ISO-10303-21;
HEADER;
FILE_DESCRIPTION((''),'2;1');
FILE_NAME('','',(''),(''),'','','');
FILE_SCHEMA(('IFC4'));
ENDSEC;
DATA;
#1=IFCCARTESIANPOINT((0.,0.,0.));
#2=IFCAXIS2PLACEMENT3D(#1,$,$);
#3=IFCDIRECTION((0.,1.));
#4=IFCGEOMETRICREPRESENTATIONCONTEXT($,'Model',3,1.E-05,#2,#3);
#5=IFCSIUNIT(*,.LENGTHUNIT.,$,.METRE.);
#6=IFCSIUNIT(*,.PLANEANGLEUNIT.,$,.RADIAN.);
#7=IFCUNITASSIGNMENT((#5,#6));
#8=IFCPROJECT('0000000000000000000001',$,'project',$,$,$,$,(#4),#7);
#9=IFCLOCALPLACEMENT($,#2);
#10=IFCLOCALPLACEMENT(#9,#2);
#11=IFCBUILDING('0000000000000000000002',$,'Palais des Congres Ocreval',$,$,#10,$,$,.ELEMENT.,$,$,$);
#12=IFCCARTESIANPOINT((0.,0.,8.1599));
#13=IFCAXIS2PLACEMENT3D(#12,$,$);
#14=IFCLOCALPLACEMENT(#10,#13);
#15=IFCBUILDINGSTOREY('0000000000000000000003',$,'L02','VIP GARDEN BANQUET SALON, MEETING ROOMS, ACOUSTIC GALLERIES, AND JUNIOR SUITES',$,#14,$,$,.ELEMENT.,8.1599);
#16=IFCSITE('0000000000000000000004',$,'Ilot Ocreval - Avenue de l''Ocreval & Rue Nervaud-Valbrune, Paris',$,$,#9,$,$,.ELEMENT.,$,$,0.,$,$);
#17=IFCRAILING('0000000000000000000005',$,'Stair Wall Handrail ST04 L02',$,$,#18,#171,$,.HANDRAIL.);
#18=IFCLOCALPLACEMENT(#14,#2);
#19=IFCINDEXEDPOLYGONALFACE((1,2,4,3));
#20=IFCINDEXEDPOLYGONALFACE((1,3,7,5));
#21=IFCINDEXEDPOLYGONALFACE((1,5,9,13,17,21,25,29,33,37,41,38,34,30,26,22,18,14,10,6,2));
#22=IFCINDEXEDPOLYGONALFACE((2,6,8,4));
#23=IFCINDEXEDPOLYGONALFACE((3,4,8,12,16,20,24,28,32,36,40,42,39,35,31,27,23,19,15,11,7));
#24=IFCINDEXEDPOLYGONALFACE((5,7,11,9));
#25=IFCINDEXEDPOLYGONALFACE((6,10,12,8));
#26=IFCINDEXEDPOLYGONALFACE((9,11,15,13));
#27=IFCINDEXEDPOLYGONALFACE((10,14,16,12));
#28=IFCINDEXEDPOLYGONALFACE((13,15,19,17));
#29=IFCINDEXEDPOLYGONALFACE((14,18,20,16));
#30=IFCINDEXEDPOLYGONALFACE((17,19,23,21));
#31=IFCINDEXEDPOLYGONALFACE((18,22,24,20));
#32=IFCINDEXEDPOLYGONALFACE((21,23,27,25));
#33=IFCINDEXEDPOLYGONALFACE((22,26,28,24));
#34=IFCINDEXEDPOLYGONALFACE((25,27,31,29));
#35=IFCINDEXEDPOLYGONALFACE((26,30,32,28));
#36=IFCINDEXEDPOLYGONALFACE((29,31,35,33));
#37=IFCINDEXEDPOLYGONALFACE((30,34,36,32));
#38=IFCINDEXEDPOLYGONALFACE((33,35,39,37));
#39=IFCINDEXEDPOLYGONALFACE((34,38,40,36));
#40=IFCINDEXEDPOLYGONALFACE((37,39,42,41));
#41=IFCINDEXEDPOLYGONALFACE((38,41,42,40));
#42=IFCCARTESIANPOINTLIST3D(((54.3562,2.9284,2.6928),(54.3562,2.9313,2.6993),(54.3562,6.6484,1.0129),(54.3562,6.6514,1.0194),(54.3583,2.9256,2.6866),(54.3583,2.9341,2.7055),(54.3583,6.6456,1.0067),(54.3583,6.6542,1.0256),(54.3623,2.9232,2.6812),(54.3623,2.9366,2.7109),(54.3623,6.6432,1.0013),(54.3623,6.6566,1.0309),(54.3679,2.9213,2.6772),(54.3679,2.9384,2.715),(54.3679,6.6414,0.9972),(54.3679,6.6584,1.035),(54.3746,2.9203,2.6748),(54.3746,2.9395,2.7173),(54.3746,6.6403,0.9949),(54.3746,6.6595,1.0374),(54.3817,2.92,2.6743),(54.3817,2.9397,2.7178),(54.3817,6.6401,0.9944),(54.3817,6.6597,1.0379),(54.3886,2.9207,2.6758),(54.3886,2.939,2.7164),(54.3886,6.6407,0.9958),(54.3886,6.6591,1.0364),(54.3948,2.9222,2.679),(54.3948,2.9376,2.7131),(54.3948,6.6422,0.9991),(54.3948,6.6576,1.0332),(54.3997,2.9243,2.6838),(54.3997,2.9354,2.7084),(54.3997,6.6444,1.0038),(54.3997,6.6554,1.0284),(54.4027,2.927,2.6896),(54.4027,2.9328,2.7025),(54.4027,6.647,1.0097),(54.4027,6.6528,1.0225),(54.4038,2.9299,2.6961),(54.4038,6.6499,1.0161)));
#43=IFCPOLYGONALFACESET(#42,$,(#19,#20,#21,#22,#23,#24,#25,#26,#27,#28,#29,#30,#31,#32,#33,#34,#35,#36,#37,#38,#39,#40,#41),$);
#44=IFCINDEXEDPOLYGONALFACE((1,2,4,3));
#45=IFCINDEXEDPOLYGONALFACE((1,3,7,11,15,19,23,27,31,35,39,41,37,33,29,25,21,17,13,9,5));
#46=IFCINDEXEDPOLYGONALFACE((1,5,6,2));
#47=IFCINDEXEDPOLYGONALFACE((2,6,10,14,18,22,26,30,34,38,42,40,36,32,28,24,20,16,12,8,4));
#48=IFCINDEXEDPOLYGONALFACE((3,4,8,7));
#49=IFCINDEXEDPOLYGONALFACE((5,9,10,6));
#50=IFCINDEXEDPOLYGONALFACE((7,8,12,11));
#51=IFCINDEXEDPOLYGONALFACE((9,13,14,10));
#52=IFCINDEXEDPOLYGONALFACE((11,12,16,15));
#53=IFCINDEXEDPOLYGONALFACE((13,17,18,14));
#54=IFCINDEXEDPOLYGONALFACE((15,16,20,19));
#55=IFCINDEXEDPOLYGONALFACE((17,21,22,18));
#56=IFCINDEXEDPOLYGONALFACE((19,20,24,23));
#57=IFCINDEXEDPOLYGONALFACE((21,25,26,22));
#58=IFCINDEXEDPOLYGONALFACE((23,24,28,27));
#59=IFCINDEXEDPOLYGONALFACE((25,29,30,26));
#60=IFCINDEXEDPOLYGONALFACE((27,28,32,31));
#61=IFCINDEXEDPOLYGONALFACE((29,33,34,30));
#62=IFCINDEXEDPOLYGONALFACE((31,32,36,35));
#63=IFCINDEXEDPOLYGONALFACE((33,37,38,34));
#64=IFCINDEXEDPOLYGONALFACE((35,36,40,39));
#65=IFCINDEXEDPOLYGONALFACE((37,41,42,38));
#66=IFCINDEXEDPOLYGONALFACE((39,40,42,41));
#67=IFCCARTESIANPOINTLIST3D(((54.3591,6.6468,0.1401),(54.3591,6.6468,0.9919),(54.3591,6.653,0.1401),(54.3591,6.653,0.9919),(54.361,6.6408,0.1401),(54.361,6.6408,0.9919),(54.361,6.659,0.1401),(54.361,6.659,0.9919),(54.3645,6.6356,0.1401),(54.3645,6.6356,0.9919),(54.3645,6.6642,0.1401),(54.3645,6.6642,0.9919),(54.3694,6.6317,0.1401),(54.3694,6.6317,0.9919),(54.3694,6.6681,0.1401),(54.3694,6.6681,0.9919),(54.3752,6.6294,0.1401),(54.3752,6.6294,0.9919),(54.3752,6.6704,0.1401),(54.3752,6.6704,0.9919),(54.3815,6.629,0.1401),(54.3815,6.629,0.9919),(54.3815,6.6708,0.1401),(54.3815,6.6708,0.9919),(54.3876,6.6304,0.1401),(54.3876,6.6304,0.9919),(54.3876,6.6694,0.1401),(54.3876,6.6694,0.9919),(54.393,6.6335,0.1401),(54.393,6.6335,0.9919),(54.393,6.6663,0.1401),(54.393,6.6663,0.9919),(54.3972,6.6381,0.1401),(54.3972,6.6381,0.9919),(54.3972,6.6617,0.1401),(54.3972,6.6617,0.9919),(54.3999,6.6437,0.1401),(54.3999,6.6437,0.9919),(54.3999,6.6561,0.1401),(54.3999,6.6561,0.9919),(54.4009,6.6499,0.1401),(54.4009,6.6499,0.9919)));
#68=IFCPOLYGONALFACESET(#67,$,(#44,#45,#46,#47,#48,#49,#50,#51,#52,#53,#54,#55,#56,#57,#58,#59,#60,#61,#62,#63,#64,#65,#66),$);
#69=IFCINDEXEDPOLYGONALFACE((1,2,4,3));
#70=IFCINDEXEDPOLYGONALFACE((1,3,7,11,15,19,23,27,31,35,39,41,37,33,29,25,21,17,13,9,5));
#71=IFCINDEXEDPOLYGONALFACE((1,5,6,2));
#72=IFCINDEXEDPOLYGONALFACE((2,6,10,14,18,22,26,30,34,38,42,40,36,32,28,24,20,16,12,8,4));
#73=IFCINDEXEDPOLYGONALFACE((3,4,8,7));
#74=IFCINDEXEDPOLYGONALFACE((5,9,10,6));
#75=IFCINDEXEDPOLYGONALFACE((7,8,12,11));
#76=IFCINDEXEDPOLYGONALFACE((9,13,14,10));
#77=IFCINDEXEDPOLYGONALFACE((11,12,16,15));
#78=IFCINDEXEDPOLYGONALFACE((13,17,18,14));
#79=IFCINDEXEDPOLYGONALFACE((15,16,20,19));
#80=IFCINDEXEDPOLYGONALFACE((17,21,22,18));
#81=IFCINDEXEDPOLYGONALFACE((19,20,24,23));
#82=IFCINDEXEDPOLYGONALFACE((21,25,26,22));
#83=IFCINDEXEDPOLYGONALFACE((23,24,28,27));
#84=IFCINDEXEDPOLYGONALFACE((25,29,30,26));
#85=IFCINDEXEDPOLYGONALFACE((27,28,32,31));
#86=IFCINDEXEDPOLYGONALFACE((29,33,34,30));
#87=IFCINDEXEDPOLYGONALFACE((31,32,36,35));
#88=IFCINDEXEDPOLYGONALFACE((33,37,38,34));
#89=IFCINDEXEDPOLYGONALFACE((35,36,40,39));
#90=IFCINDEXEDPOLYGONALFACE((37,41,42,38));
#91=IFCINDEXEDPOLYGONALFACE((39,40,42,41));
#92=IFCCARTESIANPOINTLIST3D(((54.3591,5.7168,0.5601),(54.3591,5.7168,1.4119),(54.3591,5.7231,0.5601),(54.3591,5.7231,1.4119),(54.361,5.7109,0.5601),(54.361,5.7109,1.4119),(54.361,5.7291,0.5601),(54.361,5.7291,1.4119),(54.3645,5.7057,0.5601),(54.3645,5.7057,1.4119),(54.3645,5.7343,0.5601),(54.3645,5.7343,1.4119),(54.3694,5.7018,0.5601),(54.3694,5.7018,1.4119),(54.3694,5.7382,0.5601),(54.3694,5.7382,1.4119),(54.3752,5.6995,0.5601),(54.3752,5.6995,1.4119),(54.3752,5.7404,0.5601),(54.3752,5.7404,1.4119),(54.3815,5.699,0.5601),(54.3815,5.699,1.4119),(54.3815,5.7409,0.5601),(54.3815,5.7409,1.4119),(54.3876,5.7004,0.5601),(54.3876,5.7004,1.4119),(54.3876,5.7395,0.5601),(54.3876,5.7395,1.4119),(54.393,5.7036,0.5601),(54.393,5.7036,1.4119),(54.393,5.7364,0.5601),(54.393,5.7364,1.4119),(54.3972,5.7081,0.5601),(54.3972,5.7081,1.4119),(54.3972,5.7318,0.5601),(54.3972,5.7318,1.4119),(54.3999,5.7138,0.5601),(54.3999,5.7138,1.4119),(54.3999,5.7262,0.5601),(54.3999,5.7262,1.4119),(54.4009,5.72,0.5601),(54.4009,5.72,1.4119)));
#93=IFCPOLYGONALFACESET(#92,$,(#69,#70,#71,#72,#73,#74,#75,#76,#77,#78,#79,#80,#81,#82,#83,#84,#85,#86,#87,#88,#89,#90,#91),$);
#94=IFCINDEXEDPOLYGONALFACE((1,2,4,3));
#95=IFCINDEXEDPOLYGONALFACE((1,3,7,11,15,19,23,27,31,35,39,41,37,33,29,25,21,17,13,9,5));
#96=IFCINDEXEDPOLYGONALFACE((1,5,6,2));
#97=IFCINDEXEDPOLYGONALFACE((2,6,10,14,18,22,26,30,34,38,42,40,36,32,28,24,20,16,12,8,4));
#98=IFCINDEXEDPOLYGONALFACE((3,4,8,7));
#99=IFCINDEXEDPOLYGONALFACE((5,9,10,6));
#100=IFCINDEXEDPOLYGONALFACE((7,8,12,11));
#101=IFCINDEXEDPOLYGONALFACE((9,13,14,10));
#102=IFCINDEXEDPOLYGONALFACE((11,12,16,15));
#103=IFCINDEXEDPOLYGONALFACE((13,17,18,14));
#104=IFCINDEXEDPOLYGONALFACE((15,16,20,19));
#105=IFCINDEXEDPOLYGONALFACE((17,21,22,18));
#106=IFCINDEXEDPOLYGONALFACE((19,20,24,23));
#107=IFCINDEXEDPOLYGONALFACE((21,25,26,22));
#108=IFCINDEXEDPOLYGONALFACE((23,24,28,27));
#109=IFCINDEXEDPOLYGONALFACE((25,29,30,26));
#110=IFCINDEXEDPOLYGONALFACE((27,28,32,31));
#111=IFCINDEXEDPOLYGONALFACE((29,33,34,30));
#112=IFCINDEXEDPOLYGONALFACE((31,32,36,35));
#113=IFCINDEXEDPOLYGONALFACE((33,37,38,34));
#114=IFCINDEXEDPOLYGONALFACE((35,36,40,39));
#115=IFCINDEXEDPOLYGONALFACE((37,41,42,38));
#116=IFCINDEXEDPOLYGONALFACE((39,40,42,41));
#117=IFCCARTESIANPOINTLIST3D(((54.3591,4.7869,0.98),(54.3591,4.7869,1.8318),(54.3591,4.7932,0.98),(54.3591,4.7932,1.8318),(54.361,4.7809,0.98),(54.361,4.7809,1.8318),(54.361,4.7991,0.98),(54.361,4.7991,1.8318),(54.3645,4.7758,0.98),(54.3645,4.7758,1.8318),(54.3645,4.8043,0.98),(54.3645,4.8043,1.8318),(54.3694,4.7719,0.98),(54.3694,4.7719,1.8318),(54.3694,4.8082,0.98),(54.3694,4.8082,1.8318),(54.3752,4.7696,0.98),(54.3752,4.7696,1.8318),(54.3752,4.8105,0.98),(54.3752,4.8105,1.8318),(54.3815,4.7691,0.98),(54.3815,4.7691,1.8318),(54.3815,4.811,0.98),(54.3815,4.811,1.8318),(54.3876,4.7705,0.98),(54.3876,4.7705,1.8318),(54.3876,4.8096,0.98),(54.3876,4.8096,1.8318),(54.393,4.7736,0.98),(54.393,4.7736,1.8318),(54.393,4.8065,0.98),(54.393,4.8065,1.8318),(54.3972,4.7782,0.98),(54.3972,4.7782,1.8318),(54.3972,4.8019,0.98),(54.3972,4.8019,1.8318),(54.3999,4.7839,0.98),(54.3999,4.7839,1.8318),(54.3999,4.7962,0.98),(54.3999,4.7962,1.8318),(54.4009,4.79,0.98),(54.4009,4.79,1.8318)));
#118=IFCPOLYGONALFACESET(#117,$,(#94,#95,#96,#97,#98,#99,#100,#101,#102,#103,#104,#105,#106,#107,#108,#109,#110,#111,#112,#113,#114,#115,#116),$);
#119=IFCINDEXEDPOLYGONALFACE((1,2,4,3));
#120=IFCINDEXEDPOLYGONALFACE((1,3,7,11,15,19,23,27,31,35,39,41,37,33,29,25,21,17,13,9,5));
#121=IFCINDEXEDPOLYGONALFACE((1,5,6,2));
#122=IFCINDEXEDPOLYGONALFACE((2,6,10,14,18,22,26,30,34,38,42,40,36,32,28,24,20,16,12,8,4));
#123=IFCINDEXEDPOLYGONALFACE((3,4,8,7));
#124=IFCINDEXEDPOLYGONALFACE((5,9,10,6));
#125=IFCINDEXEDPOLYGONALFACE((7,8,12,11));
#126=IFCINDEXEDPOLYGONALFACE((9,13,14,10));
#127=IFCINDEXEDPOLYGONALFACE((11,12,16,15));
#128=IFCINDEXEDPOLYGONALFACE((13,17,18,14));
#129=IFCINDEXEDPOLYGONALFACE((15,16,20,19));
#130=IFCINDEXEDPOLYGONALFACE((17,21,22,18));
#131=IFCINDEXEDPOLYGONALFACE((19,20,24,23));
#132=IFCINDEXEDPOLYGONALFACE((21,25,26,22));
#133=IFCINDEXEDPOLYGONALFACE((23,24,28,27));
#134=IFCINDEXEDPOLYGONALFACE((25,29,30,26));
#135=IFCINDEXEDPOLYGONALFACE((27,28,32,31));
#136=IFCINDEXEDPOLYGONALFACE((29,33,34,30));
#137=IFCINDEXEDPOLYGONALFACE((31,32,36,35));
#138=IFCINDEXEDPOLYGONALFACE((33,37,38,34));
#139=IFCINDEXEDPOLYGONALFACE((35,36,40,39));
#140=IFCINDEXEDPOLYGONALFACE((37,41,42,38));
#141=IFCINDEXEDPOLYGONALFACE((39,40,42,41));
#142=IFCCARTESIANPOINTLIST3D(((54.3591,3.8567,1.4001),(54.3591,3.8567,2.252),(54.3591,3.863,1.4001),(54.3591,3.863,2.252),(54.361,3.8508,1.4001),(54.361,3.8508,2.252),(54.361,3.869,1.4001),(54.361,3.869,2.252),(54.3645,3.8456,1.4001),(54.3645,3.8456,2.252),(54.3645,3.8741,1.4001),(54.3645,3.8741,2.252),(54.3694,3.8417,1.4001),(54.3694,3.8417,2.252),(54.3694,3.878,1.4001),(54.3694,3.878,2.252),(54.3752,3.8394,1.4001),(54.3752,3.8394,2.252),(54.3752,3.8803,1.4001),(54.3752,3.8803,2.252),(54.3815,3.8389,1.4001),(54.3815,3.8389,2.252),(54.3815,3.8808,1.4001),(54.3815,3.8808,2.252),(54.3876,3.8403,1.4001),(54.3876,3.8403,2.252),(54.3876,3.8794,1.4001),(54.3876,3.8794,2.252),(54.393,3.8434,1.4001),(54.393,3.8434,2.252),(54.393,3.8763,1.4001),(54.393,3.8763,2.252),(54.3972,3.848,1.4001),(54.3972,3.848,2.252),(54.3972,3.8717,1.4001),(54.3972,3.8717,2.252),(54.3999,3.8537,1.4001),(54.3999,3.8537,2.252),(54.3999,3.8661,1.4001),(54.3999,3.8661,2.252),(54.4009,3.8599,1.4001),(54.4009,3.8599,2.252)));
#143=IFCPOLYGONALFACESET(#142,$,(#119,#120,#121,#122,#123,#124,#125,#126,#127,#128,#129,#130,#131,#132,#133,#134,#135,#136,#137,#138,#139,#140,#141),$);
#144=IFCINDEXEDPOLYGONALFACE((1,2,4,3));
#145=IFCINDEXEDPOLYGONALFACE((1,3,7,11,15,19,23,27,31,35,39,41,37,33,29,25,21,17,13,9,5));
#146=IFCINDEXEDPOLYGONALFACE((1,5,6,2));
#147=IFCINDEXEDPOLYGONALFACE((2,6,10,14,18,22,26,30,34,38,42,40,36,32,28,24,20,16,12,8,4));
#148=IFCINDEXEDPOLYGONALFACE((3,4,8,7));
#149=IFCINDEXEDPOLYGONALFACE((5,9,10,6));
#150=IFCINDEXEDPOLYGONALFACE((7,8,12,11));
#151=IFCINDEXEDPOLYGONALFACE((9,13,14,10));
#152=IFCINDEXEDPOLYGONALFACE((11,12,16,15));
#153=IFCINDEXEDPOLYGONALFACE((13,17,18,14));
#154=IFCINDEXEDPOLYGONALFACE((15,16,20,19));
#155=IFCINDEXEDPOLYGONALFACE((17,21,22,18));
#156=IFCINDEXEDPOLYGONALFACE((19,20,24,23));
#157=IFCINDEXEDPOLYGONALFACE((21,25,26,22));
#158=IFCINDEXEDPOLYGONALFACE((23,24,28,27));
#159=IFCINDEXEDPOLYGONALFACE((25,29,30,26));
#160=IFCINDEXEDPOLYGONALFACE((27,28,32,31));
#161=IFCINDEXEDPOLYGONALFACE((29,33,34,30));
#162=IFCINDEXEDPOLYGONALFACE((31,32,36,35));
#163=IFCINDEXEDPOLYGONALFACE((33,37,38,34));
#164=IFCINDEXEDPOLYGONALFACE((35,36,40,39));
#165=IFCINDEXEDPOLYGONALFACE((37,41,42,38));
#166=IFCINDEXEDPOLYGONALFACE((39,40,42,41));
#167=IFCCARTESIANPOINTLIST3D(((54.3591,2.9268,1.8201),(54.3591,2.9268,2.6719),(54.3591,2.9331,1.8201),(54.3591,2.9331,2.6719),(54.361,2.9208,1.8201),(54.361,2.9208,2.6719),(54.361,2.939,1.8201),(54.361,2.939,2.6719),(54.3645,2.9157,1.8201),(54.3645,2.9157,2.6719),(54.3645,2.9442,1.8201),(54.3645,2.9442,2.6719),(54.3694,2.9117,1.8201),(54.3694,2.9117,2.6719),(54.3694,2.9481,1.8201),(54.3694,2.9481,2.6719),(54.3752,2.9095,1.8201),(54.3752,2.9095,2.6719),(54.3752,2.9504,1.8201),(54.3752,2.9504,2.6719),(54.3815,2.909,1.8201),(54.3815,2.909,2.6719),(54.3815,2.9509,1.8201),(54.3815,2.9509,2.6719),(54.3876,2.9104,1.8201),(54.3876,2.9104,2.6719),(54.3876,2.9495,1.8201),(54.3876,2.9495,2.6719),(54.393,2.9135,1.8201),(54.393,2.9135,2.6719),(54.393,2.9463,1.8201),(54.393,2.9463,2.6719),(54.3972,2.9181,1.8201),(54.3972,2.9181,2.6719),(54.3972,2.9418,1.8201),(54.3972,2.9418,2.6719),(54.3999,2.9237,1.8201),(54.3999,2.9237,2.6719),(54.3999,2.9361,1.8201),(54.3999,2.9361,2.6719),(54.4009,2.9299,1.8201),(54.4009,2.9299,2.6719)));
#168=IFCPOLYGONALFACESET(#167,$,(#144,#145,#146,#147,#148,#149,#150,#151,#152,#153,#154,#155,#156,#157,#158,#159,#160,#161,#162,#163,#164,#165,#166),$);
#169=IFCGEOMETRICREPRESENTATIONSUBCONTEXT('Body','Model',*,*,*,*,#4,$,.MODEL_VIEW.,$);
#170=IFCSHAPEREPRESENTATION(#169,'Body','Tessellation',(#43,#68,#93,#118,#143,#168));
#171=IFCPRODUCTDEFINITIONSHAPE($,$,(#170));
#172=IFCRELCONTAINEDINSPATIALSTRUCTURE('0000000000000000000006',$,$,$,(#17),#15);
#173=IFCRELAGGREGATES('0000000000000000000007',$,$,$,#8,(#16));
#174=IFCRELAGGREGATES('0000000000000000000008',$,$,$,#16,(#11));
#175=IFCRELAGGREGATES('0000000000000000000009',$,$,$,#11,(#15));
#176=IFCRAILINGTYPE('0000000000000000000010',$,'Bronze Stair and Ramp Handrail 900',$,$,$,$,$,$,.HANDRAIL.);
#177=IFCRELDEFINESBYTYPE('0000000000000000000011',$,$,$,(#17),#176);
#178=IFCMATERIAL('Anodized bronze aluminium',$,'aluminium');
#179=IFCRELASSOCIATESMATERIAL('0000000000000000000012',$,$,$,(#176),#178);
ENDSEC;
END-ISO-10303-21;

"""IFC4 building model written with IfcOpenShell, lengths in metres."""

from ifc_helpers import new_model, si_unit, direction, frame, origin, origin_2d, place, context, subcontext, project, spatial, circle, extrude, material, type_object, element, save


model = new_model("IFC4")

# Units and contexts
model_context = context("Model", 3, precision=1e-05, world=origin(), true_north=direction((0.0, 1.0)))
body_context = subcontext(model_context, "Body", "Model", "MODEL_VIEW")
ifc_project = project(units=[si_unit("LENGTHUNIT", "METRE"), si_unit("PLANEANGLEUNIT", "RADIAN")], contexts=[model_context])

# Site, building, storey
site_placement = place(None, origin())
site = spatial("IfcSite", under=ifc_project, at=site_placement, Name="Ilot Ocreval - Avenue de l'Ocreval & Rue Nervaud-Valbrune, Paris", CompositionType="ELEMENT", RefElevation=0.0)
building_placement = place(site_placement, origin())
building = spatial("IfcBuilding", under=site, at=building_placement, Name="Palais des Congres Ocreval", CompositionType="ELEMENT")
storey_placement = place(building_placement, frame((0.0, 0.0, 8.1599)))
storey = spatial("IfcBuildingStorey", under=building, at=storey_placement, Name="L02", Description="VIP GARDEN BANQUET SALON, MEETING ROOMS, ACOUSTIC GALLERIES, AND JUNIOR SUITES", CompositionType="ELEMENT", Elevation=8.1599)

# Railing
ifc_material_1 = material(Name="Anodized bronze aluminium", Category="aluminium")
railing_type_1 = type_object("IfcRailingType", Name="Bronze Stair and Ramp Handrail 900", PredefinedType="HANDRAIL", material=ifc_material_1)
railing_1_placement = place(storey_placement, frame((54.3799, 6.6499, 0.1401)))
element("IfcRailing", 1, at=railing_1_placement, inside=storey, type_object=railing_type_1, Name="Stair Wall Handrail ST04 L02", PredefinedType="HANDRAIL", context=body_context, shape_type="SweptSolid", body=[
    extrude(circle(Radius=0.0239, at=origin_2d()), frame((0.0, 0.0, 0.876), z_axis=(0.0, -0.911376, 0.411576), x_axis=(1.0, 0.0, 0.0)), (0.0, 0.0, 1.0), 4.0818),
    extrude(circle(Radius=0.021, at=origin_2d()), origin(), (0.0, 0.0, 1.0), 0.8518),
    extrude(circle(Radius=0.021, at=origin_2d()), frame((0.0, -0.9299, 0.4199)), (0.0, 0.0, 1.0), 0.8518),
    extrude(circle(Radius=0.021, at=origin_2d()), frame((0.0, -1.8599, 0.8398)), (0.0, 0.0, 1.0), 0.8518),
    extrude(circle(Radius=0.021, at=origin_2d()), frame((0.0, -2.79, 1.26)), (0.0, 0.0, 1.0), 0.8518),
    extrude(circle(Radius=0.021, at=origin_2d()), frame((0.0, -3.72, 1.6799)), (0.0, 0.0, 1.0), 0.8518),
])

save(model, "model.ifc")
